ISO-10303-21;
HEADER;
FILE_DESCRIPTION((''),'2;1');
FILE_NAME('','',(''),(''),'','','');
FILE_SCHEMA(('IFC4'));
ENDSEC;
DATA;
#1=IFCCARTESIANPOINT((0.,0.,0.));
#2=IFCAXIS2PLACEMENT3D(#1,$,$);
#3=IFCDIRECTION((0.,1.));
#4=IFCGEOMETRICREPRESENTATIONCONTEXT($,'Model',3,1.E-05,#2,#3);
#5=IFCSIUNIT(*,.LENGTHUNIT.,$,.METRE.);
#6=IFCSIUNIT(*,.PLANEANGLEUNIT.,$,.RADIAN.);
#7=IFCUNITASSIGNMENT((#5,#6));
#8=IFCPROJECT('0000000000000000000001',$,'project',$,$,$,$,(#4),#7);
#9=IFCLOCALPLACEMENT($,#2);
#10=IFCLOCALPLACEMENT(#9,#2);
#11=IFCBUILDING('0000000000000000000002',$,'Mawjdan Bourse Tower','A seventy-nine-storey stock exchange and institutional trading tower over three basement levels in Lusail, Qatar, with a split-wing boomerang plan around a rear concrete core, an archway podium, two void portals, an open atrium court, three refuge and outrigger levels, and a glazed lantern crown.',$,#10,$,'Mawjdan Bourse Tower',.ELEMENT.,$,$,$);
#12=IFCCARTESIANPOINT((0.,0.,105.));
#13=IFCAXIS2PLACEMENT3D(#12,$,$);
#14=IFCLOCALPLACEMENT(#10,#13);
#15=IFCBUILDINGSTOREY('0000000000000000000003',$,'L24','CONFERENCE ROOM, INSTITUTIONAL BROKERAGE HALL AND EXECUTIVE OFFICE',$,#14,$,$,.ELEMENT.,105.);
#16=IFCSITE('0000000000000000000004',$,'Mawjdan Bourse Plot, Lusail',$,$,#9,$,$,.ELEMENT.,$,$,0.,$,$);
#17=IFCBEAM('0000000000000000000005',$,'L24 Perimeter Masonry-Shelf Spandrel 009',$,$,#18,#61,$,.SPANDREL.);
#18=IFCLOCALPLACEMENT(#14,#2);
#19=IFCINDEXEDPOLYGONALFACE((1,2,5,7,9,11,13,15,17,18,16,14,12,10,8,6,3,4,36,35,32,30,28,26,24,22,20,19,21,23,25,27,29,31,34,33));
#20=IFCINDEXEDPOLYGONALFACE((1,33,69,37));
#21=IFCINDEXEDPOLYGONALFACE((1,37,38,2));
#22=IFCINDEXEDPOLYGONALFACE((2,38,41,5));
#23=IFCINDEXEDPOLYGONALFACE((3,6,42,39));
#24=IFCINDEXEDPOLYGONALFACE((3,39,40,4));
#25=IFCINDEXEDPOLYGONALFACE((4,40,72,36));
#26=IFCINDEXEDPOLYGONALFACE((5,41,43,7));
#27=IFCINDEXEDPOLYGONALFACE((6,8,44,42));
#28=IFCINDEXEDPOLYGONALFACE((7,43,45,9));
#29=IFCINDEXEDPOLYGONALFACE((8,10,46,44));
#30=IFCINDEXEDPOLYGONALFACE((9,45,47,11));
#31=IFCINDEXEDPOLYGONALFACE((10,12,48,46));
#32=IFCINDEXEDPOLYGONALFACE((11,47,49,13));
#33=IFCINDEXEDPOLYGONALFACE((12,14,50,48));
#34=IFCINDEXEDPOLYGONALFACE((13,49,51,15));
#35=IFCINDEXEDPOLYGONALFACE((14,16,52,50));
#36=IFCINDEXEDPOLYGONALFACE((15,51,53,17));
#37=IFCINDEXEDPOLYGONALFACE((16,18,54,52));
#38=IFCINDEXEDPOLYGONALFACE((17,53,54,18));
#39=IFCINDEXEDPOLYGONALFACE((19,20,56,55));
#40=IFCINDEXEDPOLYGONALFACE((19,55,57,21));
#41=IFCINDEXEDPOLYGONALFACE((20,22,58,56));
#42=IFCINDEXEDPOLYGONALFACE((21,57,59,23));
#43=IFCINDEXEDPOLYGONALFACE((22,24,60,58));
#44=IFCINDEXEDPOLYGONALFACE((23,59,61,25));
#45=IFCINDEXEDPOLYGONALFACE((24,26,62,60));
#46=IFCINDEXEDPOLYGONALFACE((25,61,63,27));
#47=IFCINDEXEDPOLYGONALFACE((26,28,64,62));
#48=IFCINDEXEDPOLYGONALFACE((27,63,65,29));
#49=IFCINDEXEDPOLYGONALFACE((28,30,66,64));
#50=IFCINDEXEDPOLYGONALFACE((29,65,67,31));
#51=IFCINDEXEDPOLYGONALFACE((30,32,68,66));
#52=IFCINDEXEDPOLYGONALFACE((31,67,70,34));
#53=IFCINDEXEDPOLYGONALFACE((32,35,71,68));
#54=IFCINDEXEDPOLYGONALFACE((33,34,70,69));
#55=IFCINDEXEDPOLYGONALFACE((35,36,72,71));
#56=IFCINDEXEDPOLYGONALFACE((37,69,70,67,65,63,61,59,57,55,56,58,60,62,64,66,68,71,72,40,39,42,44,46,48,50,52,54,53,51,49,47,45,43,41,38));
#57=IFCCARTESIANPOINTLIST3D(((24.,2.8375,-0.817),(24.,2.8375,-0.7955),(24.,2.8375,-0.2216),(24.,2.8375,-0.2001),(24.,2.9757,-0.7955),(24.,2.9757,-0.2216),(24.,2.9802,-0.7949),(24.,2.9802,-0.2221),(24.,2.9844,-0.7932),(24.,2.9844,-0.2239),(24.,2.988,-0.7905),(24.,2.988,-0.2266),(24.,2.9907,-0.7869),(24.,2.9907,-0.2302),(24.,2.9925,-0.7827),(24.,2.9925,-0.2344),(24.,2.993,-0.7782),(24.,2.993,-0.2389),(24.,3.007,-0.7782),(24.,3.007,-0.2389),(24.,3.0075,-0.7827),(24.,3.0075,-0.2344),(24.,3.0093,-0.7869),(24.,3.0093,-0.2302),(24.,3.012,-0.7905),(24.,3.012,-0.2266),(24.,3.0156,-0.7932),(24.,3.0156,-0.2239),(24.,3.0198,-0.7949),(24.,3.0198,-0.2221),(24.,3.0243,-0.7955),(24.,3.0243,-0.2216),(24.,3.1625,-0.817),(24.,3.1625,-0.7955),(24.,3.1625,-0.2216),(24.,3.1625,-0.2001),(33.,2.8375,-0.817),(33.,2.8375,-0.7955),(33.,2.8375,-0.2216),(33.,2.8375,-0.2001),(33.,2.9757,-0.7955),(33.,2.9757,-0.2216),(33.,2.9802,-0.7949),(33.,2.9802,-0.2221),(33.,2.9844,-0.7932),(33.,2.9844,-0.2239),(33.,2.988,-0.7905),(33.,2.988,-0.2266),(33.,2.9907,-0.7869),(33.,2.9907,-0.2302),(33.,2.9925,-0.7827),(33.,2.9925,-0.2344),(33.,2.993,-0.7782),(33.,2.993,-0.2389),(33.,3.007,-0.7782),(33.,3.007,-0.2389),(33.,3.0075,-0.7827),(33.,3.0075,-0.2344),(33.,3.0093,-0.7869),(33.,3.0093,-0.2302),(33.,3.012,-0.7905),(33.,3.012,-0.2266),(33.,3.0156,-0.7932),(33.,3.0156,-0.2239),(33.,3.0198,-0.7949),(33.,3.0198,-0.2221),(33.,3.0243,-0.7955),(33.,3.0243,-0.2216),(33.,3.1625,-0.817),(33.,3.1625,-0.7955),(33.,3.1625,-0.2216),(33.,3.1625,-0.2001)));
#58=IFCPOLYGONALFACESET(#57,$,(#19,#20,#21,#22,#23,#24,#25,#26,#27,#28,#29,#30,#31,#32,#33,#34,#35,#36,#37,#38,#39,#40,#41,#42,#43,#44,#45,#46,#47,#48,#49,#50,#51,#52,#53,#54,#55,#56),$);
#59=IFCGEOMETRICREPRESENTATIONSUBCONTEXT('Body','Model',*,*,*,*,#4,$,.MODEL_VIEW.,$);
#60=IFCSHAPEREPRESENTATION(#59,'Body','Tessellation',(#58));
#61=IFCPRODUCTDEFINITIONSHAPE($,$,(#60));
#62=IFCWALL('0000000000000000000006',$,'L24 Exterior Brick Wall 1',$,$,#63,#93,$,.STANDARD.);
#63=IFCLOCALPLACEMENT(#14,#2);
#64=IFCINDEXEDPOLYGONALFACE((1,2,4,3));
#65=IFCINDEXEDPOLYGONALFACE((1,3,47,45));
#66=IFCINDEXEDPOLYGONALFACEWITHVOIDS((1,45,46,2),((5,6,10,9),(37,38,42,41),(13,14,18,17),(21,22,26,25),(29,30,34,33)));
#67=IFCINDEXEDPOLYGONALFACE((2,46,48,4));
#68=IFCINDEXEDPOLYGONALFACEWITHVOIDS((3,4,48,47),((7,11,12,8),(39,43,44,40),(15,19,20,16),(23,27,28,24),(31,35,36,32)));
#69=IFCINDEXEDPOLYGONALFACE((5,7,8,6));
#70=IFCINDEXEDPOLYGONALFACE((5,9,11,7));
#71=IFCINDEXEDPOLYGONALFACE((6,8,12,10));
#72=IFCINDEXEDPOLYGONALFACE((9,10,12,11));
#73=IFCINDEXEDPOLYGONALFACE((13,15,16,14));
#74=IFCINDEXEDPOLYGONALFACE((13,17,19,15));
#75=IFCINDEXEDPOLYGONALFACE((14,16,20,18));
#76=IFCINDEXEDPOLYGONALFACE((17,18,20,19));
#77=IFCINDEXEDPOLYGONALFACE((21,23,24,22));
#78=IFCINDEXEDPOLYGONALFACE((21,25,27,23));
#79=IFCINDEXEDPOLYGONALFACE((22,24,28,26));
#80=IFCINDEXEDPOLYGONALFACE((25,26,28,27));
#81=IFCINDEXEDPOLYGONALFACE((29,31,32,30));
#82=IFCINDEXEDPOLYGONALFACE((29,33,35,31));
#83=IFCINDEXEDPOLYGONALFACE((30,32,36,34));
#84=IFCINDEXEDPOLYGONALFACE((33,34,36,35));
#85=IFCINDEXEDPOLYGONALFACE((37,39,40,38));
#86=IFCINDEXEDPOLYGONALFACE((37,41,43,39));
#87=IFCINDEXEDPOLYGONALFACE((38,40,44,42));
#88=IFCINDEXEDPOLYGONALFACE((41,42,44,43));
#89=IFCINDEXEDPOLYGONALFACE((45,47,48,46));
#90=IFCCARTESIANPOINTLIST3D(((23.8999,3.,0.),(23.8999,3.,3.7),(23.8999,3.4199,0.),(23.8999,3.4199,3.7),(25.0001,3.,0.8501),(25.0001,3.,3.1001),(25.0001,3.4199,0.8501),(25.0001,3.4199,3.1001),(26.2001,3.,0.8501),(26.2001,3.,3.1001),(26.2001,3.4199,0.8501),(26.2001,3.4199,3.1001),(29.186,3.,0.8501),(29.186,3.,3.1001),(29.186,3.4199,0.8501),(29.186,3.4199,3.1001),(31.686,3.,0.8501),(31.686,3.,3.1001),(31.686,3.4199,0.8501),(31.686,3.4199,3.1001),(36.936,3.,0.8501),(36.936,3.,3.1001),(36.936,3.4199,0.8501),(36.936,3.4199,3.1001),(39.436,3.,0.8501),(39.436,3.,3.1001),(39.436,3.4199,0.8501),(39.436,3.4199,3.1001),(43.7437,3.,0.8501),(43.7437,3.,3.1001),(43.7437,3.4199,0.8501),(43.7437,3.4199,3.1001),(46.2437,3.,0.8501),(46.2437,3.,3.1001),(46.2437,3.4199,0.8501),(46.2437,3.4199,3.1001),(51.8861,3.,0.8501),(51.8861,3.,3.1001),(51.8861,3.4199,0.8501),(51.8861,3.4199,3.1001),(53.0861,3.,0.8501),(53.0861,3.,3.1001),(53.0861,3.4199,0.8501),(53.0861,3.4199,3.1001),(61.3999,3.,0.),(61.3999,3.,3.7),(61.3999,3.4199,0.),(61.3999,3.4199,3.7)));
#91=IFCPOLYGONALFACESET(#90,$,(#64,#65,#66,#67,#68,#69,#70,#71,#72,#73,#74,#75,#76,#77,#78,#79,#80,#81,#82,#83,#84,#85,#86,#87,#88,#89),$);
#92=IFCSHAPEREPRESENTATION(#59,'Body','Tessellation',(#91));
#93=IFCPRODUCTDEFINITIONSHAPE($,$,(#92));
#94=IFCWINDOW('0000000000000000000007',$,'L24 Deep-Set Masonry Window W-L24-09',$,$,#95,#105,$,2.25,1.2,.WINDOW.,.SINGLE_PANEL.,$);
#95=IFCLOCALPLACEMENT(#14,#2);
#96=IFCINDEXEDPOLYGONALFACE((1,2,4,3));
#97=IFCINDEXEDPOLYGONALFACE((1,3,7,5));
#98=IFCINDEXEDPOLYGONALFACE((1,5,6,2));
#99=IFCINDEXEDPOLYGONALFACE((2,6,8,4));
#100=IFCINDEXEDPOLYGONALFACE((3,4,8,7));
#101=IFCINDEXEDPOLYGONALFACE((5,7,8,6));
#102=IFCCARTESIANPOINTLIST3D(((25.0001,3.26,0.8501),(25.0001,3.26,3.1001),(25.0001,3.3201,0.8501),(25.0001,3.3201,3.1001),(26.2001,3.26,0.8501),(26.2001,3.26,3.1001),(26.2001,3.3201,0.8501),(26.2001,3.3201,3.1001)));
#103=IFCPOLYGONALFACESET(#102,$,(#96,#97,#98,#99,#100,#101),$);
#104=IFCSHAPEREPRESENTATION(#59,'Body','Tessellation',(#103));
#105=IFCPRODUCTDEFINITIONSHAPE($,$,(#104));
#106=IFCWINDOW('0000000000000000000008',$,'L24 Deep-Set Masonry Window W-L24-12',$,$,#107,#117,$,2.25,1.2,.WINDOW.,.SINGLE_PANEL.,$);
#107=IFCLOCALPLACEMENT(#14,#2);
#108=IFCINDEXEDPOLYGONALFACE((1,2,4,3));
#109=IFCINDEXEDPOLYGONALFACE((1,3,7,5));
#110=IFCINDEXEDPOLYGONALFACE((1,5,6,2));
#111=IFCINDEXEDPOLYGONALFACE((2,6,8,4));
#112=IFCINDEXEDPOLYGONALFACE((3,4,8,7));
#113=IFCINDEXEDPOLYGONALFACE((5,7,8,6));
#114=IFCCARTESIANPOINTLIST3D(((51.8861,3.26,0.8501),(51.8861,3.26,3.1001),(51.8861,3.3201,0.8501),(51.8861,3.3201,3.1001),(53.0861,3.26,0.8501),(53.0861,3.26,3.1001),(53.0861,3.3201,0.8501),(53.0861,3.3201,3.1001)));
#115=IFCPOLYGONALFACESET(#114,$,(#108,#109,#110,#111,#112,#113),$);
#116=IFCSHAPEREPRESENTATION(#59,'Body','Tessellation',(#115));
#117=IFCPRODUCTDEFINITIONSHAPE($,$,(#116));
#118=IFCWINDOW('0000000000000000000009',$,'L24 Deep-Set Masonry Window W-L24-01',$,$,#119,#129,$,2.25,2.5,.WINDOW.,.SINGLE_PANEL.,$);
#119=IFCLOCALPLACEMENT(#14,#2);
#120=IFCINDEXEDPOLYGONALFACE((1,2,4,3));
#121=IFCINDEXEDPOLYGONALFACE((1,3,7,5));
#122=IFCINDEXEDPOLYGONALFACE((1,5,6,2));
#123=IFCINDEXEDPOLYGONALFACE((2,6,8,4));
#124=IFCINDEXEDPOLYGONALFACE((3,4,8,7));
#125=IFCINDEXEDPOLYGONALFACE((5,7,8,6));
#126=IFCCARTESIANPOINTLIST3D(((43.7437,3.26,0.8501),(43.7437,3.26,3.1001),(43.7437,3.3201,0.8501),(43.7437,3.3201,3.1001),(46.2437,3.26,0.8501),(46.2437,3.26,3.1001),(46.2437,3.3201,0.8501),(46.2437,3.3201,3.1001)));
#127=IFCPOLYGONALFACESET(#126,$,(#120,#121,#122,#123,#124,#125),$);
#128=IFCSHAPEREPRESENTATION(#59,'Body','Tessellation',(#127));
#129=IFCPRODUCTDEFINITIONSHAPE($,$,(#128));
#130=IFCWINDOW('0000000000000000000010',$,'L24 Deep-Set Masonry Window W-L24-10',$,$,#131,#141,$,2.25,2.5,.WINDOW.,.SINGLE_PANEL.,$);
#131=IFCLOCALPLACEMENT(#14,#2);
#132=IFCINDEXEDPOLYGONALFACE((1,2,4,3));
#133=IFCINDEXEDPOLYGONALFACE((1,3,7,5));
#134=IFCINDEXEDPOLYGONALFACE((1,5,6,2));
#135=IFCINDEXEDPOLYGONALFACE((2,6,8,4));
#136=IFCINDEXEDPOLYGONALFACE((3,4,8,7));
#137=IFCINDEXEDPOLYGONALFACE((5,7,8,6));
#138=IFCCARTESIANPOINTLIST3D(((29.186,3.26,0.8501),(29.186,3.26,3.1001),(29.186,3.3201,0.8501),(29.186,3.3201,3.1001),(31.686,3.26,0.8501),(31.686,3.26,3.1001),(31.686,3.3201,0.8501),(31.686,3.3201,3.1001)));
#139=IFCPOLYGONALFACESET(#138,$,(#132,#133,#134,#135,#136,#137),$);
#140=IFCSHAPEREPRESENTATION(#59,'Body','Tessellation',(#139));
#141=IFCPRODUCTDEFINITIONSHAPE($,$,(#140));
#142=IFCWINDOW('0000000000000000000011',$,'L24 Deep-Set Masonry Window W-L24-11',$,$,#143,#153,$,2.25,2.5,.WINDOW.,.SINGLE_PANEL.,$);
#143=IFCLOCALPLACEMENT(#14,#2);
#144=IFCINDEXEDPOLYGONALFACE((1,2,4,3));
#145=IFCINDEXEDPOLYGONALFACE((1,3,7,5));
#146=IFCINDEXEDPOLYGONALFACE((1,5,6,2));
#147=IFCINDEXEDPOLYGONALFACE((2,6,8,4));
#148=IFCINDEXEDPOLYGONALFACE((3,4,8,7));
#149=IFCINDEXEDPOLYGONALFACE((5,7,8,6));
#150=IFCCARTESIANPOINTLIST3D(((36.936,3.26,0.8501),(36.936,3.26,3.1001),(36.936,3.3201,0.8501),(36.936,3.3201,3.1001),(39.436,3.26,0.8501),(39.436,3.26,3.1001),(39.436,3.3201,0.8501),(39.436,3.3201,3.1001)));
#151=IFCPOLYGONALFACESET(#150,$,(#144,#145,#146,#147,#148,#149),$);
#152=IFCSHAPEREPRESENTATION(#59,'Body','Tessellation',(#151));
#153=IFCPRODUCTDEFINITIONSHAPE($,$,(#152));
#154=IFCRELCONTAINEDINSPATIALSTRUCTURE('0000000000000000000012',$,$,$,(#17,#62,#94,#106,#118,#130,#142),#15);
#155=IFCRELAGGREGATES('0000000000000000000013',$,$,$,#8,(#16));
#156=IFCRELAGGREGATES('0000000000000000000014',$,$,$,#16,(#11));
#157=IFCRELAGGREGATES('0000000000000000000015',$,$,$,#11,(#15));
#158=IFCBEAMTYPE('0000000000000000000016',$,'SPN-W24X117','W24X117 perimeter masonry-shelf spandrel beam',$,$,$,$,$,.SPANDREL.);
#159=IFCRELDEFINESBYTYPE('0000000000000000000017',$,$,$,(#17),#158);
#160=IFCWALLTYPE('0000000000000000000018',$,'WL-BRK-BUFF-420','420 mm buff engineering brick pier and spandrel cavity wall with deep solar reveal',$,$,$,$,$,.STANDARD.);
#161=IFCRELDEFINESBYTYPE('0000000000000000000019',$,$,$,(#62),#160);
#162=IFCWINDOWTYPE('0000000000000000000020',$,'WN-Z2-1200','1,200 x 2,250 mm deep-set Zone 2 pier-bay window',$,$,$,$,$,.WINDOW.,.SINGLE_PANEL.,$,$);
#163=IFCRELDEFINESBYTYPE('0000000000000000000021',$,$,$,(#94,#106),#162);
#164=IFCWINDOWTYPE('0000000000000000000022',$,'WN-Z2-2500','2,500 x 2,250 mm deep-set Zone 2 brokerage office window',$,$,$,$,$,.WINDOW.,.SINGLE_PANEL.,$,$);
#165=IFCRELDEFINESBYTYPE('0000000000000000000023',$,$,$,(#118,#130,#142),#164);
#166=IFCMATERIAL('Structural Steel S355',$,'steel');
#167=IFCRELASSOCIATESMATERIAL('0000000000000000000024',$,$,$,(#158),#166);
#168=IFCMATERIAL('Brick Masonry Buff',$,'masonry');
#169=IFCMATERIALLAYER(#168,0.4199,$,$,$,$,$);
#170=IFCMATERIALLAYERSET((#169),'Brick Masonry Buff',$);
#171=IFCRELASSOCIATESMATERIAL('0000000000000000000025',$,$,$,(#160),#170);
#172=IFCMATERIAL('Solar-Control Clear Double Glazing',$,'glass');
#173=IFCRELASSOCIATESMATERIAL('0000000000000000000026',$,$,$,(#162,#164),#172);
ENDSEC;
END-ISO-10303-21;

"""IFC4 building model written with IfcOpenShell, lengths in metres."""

from ifc_helpers import new_model, si_unit, direction, frame, frame_2d, origin, origin_2d, place, context, subcontext, project, spatial, rectangle, i_section, extrude, material, layer, layer_set, material_profile, profile_set, type_object, element, fill, save


model = new_model("IFC4")

# Units and contexts
model_context = context("Model", 3, precision=1e-05, world=origin(), true_north=direction((0.0, 1.0)))
body_context = subcontext(model_context, "Body", "Model", "MODEL_VIEW")
ifc_project = project(units=[si_unit("LENGTHUNIT", "METRE"), si_unit("PLANEANGLEUNIT", "RADIAN")], contexts=[model_context])

# Site, building, storey
site_placement = place(None, origin())
site = spatial("IfcSite", under=ifc_project, at=site_placement, Name="Mawjdan Bourse Plot, Lusail", CompositionType="ELEMENT", RefElevation=0.0)
building_placement = place(site_placement, origin())
building = spatial("IfcBuilding", under=site, at=building_placement, Name="Mawjdan Bourse Tower", Description="A seventy-nine-storey stock exchange and institutional trading tower over three basement levels in Lusail, Qatar, with a split-wing boomerang plan around a rear concrete core, an archway podium, two void portals, an open atrium court, three refuge and outrigger levels, and a glazed lantern crown.", LongName="Mawjdan Bourse Tower", CompositionType="ELEMENT")
storey_placement = place(building_placement, frame((0.0, 0.0, 105.0)))
storey = spatial("IfcBuildingStorey", under=building, at=storey_placement, Name="L24", Description="CONFERENCE ROOM, INSTITUTIONAL BROKERAGE HALL AND EXECUTIVE OFFICE", CompositionType="ELEMENT", Elevation=105.0)

# Beam
ifc_material_1 = material(Name="Structural Steel S355", Category="steel")
ifc_material_profile_1 = material_profile(ifc_material_1, i_section(OverallWidth=0.325, OverallDepth=0.6169, WebThickness=0.0139, FlangeThickness=0.0215, FilletRadius=0.0173, at=origin_2d()), Name="W24X117")
ifc_profile_set_1 = profile_set([ifc_material_profile_1], Name="Structural Steel S355")
beam_type_1 = type_object("IfcBeamType", Name="SPN-W24X117", Description="W24X117 perimeter masonry-shelf spandrel beam", PredefinedType="SPANDREL", material=ifc_profile_set_1)
beam_1_placement = place(storey_placement, frame((24.0, 3.0, -0.5085), z_axis=(1.0, 0.0, 0.0), x_axis=(0.0, 1.0, 0.0)))
element("IfcBeam", 1, at=beam_1_placement, inside=storey, type_object=beam_type_1, Name="L24 Perimeter Masonry-Shelf Spandrel 009", PredefinedType="SPANDREL", context=body_context, shape_type="SweptSolid", body=[
    extrude(i_section(OverallWidth=0.325, OverallDepth=0.6169, WebThickness=0.0139, FlangeThickness=0.0215, FilletRadius=0.0173, at=origin_2d()), origin(), (0.0, 0.0, 1.0), 9.0),
])

# Wall, openings, windows
ifc_material_2 = material(Name="Brick Masonry Buff", Category="masonry")
ifc_layer_1 = layer(ifc_material_2, 0.4199)
ifc_layer_set_1 = layer_set([ifc_layer_1], Name="Brick Masonry Buff")
wall_type_1 = type_object("IfcWallType", Name="WL-BRK-BUFF-420", Description="420 mm buff engineering brick pier and spandrel cavity wall with deep solar reveal", PredefinedType="STANDARD", material=ifc_layer_set_1)
wall_1_placement = place(storey_placement, frame((23.8999, 3.21, 0.0), z_axis=(0.0, 0.0, 1.0), x_axis=(1.0, 0.0, 0.0)))
wall_1 = element("IfcWall", 2, at=wall_1_placement, inside=storey, type_object=wall_type_1, Name="L24 Exterior Brick Wall 1", PredefinedType="STANDARD", context=body_context, shape_type="SweptSolid", body=[
    extrude(rectangle(XDim=37.5, YDim=0.4199, at=frame_2d((18.75, 0.0))), origin(), (0.0, 0.0, 1.0), 3.7),
])
opening_1_placement = place(wall_1_placement, frame((19.8438, 0.0, 0.8501)))
opening_1 = element("IfcOpeningElement", 3, at=opening_1_placement, cuts=wall_1, PredefinedType="OPENING", context=body_context, shape_type="SweptSolid", body=[
    extrude(rectangle(XDim=2.5, YDim=2.25, at=frame_2d((1.25, 1.125))), frame((0.0, 0.22, 0.0), z_axis=(0.0, -1.0, 0.0), x_axis=(1.0, 0.0, 0.0)), (0.0, 0.0, 1.0), 0.4399),
])
opening_2_placement = place(wall_1_placement, frame((1.1001, 0.0, 0.8501)))
opening_2 = element("IfcOpeningElement", 4, at=opening_2_placement, cuts=wall_1, PredefinedType="OPENING", context=body_context, shape_type="SweptSolid", body=[
    extrude(rectangle(XDim=1.2, YDim=2.25, at=frame_2d((0.6001, 1.125))), frame((0.0, 0.22, 0.0), z_axis=(0.0, -1.0, 0.0), x_axis=(1.0, 0.0, 0.0)), (0.0, 0.0, 1.0), 0.4399),
])
opening_3_placement = place(wall_1_placement, frame((5.2861, 0.0, 0.8501)))
opening_3 = element("IfcOpeningElement", 5, at=opening_3_placement, cuts=wall_1, PredefinedType="OPENING", context=body_context, shape_type="SweptSolid", body=[
    extrude(rectangle(XDim=2.5, YDim=2.25, at=frame_2d((1.25, 1.125))), frame((0.0, 0.22, 0.0), z_axis=(0.0, -1.0, 0.0), x_axis=(1.0, 0.0, 0.0)), (0.0, 0.0, 1.0), 0.4399),
])
opening_4_placement = place(wall_1_placement, frame((13.0361, 0.0, 0.8501)))
opening_4 = element("IfcOpeningElement", 6, at=opening_4_placement, cuts=wall_1, PredefinedType="OPENING", context=body_context, shape_type="SweptSolid", body=[
    extrude(rectangle(XDim=2.5, YDim=2.25, at=frame_2d((1.25, 1.125))), frame((0.0, 0.22, 0.0), z_axis=(0.0, -1.0, 0.0), x_axis=(1.0, 0.0, 0.0)), (0.0, 0.0, 1.0), 0.4399),
])
opening_5_placement = place(wall_1_placement, frame((27.9861, 0.0, 0.8501)))
opening_5 = element("IfcOpeningElement", 7, at=opening_5_placement, cuts=wall_1, PredefinedType="OPENING", context=body_context, shape_type="SweptSolid", body=[
    extrude(rectangle(XDim=1.2, YDim=2.25, at=frame_2d((0.6001, 1.125))), frame((0.0, 0.22, 0.0), z_axis=(0.0, -1.0, 0.0), x_axis=(1.0, 0.0, 0.0)), (0.0, 0.0, 1.0), 0.4399),
])
ifc_material_3 = material(Name="Solar-Control Clear Double Glazing", Category="glass")
window_type_1 = type_object("IfcWindowType", Name="WN-Z2-1200", Description="1,200 x 2,250 mm deep-set Zone 2 pier-bay window", PartitioningType="SINGLE_PANEL", PredefinedType="WINDOW", material=ifc_material_3)
window_1_placement = place(opening_2_placement, origin())
window_1 = element("IfcWindow", 8, at=window_1_placement, inside=storey, type_object=window_type_1, Name="L24 Deep-Set Masonry Window W-L24-09", OverallHeight=2.25, OverallWidth=1.2, PartitioningType="SINGLE_PANEL", PredefinedType="WINDOW", context=body_context, shape_type="SweptSolid", body=[
    extrude(rectangle(XDim=1.2, YDim=2.25, at=frame_2d((0.6001, 1.125))), frame((0.0, 0.1101, 0.0), z_axis=(0.0, -1.0, 0.0), x_axis=(1.0, 0.0, 0.0)), (0.0, 0.0, 1.0), 0.0601),
])
fill(opening_2, window_1)
window_2_placement = place(opening_5_placement, origin())
window_2 = element("IfcWindow", 9, at=window_2_placement, inside=storey, type_object=window_type_1, Name="L24 Deep-Set Masonry Window W-L24-12", OverallHeight=2.25, OverallWidth=1.2, PartitioningType="SINGLE_PANEL", PredefinedType="WINDOW", context=body_context, shape_type="SweptSolid", body=[
    extrude(rectangle(XDim=1.2, YDim=2.25, at=frame_2d((0.6001, 1.125))), frame((0.0, 0.1101, 0.0), z_axis=(0.0, -1.0, 0.0), x_axis=(1.0, 0.0, 0.0)), (0.0, 0.0, 1.0), 0.0601),
])
fill(opening_5, window_2)
window_type_2 = type_object("IfcWindowType", Name="WN-Z2-2500", Description="2,500 x 2,250 mm deep-set Zone 2 brokerage office window", PartitioningType="SINGLE_PANEL", PredefinedType="WINDOW", material=ifc_material_3)
window_3_placement = place(opening_1_placement, origin())
window_3 = element("IfcWindow", 10, at=window_3_placement, inside=storey, type_object=window_type_2, Name="L24 Deep-Set Masonry Window W-L24-01", OverallHeight=2.25, OverallWidth=2.5, PartitioningType="SINGLE_PANEL", PredefinedType="WINDOW", context=body_context, shape_type="SweptSolid", body=[
    extrude(rectangle(XDim=2.5, YDim=2.25, at=frame_2d((1.25, 1.125))), frame((0.0, 0.1101, 0.0), z_axis=(0.0, -1.0, 0.0), x_axis=(1.0, 0.0, 0.0)), (0.0, 0.0, 1.0), 0.0601),
])
fill(opening_1, window_3)
window_4_placement = place(opening_3_placement, origin())
window_4 = element("IfcWindow", 11, at=window_4_placement, inside=storey, type_object=window_type_2, Name="L24 Deep-Set Masonry Window W-L24-10", OverallHeight=2.25, OverallWidth=2.5, PartitioningType="SINGLE_PANEL", PredefinedType="WINDOW", context=body_context, shape_type="SweptSolid", body=[
    extrude(rectangle(XDim=2.5, YDim=2.25, at=frame_2d((1.25, 1.125))), frame((0.0, 0.1101, 0.0), z_axis=(0.0, -1.0, 0.0), x_axis=(1.0, 0.0, 0.0)), (0.0, 0.0, 1.0), 0.0601),
])
fill(opening_3, window_4)
window_5_placement = place(opening_4_placement, origin())
window_5 = element("IfcWindow", 12, at=window_5_placement, inside=storey, type_object=window_type_2, Name="L24 Deep-Set Masonry Window W-L24-11", OverallHeight=2.25, OverallWidth=2.5, PartitioningType="SINGLE_PANEL", PredefinedType="WINDOW", context=body_context, shape_type="SweptSolid", body=[
    extrude(rectangle(XDim=2.5, YDim=2.25, at=frame_2d((1.25, 1.125))), frame((0.0, 0.1101, 0.0), z_axis=(0.0, -1.0, 0.0), x_axis=(1.0, 0.0, 0.0)), (0.0, 0.0, 1.0), 0.0601),
])
fill(opening_4, window_5)

save(model, "model.ifc")
